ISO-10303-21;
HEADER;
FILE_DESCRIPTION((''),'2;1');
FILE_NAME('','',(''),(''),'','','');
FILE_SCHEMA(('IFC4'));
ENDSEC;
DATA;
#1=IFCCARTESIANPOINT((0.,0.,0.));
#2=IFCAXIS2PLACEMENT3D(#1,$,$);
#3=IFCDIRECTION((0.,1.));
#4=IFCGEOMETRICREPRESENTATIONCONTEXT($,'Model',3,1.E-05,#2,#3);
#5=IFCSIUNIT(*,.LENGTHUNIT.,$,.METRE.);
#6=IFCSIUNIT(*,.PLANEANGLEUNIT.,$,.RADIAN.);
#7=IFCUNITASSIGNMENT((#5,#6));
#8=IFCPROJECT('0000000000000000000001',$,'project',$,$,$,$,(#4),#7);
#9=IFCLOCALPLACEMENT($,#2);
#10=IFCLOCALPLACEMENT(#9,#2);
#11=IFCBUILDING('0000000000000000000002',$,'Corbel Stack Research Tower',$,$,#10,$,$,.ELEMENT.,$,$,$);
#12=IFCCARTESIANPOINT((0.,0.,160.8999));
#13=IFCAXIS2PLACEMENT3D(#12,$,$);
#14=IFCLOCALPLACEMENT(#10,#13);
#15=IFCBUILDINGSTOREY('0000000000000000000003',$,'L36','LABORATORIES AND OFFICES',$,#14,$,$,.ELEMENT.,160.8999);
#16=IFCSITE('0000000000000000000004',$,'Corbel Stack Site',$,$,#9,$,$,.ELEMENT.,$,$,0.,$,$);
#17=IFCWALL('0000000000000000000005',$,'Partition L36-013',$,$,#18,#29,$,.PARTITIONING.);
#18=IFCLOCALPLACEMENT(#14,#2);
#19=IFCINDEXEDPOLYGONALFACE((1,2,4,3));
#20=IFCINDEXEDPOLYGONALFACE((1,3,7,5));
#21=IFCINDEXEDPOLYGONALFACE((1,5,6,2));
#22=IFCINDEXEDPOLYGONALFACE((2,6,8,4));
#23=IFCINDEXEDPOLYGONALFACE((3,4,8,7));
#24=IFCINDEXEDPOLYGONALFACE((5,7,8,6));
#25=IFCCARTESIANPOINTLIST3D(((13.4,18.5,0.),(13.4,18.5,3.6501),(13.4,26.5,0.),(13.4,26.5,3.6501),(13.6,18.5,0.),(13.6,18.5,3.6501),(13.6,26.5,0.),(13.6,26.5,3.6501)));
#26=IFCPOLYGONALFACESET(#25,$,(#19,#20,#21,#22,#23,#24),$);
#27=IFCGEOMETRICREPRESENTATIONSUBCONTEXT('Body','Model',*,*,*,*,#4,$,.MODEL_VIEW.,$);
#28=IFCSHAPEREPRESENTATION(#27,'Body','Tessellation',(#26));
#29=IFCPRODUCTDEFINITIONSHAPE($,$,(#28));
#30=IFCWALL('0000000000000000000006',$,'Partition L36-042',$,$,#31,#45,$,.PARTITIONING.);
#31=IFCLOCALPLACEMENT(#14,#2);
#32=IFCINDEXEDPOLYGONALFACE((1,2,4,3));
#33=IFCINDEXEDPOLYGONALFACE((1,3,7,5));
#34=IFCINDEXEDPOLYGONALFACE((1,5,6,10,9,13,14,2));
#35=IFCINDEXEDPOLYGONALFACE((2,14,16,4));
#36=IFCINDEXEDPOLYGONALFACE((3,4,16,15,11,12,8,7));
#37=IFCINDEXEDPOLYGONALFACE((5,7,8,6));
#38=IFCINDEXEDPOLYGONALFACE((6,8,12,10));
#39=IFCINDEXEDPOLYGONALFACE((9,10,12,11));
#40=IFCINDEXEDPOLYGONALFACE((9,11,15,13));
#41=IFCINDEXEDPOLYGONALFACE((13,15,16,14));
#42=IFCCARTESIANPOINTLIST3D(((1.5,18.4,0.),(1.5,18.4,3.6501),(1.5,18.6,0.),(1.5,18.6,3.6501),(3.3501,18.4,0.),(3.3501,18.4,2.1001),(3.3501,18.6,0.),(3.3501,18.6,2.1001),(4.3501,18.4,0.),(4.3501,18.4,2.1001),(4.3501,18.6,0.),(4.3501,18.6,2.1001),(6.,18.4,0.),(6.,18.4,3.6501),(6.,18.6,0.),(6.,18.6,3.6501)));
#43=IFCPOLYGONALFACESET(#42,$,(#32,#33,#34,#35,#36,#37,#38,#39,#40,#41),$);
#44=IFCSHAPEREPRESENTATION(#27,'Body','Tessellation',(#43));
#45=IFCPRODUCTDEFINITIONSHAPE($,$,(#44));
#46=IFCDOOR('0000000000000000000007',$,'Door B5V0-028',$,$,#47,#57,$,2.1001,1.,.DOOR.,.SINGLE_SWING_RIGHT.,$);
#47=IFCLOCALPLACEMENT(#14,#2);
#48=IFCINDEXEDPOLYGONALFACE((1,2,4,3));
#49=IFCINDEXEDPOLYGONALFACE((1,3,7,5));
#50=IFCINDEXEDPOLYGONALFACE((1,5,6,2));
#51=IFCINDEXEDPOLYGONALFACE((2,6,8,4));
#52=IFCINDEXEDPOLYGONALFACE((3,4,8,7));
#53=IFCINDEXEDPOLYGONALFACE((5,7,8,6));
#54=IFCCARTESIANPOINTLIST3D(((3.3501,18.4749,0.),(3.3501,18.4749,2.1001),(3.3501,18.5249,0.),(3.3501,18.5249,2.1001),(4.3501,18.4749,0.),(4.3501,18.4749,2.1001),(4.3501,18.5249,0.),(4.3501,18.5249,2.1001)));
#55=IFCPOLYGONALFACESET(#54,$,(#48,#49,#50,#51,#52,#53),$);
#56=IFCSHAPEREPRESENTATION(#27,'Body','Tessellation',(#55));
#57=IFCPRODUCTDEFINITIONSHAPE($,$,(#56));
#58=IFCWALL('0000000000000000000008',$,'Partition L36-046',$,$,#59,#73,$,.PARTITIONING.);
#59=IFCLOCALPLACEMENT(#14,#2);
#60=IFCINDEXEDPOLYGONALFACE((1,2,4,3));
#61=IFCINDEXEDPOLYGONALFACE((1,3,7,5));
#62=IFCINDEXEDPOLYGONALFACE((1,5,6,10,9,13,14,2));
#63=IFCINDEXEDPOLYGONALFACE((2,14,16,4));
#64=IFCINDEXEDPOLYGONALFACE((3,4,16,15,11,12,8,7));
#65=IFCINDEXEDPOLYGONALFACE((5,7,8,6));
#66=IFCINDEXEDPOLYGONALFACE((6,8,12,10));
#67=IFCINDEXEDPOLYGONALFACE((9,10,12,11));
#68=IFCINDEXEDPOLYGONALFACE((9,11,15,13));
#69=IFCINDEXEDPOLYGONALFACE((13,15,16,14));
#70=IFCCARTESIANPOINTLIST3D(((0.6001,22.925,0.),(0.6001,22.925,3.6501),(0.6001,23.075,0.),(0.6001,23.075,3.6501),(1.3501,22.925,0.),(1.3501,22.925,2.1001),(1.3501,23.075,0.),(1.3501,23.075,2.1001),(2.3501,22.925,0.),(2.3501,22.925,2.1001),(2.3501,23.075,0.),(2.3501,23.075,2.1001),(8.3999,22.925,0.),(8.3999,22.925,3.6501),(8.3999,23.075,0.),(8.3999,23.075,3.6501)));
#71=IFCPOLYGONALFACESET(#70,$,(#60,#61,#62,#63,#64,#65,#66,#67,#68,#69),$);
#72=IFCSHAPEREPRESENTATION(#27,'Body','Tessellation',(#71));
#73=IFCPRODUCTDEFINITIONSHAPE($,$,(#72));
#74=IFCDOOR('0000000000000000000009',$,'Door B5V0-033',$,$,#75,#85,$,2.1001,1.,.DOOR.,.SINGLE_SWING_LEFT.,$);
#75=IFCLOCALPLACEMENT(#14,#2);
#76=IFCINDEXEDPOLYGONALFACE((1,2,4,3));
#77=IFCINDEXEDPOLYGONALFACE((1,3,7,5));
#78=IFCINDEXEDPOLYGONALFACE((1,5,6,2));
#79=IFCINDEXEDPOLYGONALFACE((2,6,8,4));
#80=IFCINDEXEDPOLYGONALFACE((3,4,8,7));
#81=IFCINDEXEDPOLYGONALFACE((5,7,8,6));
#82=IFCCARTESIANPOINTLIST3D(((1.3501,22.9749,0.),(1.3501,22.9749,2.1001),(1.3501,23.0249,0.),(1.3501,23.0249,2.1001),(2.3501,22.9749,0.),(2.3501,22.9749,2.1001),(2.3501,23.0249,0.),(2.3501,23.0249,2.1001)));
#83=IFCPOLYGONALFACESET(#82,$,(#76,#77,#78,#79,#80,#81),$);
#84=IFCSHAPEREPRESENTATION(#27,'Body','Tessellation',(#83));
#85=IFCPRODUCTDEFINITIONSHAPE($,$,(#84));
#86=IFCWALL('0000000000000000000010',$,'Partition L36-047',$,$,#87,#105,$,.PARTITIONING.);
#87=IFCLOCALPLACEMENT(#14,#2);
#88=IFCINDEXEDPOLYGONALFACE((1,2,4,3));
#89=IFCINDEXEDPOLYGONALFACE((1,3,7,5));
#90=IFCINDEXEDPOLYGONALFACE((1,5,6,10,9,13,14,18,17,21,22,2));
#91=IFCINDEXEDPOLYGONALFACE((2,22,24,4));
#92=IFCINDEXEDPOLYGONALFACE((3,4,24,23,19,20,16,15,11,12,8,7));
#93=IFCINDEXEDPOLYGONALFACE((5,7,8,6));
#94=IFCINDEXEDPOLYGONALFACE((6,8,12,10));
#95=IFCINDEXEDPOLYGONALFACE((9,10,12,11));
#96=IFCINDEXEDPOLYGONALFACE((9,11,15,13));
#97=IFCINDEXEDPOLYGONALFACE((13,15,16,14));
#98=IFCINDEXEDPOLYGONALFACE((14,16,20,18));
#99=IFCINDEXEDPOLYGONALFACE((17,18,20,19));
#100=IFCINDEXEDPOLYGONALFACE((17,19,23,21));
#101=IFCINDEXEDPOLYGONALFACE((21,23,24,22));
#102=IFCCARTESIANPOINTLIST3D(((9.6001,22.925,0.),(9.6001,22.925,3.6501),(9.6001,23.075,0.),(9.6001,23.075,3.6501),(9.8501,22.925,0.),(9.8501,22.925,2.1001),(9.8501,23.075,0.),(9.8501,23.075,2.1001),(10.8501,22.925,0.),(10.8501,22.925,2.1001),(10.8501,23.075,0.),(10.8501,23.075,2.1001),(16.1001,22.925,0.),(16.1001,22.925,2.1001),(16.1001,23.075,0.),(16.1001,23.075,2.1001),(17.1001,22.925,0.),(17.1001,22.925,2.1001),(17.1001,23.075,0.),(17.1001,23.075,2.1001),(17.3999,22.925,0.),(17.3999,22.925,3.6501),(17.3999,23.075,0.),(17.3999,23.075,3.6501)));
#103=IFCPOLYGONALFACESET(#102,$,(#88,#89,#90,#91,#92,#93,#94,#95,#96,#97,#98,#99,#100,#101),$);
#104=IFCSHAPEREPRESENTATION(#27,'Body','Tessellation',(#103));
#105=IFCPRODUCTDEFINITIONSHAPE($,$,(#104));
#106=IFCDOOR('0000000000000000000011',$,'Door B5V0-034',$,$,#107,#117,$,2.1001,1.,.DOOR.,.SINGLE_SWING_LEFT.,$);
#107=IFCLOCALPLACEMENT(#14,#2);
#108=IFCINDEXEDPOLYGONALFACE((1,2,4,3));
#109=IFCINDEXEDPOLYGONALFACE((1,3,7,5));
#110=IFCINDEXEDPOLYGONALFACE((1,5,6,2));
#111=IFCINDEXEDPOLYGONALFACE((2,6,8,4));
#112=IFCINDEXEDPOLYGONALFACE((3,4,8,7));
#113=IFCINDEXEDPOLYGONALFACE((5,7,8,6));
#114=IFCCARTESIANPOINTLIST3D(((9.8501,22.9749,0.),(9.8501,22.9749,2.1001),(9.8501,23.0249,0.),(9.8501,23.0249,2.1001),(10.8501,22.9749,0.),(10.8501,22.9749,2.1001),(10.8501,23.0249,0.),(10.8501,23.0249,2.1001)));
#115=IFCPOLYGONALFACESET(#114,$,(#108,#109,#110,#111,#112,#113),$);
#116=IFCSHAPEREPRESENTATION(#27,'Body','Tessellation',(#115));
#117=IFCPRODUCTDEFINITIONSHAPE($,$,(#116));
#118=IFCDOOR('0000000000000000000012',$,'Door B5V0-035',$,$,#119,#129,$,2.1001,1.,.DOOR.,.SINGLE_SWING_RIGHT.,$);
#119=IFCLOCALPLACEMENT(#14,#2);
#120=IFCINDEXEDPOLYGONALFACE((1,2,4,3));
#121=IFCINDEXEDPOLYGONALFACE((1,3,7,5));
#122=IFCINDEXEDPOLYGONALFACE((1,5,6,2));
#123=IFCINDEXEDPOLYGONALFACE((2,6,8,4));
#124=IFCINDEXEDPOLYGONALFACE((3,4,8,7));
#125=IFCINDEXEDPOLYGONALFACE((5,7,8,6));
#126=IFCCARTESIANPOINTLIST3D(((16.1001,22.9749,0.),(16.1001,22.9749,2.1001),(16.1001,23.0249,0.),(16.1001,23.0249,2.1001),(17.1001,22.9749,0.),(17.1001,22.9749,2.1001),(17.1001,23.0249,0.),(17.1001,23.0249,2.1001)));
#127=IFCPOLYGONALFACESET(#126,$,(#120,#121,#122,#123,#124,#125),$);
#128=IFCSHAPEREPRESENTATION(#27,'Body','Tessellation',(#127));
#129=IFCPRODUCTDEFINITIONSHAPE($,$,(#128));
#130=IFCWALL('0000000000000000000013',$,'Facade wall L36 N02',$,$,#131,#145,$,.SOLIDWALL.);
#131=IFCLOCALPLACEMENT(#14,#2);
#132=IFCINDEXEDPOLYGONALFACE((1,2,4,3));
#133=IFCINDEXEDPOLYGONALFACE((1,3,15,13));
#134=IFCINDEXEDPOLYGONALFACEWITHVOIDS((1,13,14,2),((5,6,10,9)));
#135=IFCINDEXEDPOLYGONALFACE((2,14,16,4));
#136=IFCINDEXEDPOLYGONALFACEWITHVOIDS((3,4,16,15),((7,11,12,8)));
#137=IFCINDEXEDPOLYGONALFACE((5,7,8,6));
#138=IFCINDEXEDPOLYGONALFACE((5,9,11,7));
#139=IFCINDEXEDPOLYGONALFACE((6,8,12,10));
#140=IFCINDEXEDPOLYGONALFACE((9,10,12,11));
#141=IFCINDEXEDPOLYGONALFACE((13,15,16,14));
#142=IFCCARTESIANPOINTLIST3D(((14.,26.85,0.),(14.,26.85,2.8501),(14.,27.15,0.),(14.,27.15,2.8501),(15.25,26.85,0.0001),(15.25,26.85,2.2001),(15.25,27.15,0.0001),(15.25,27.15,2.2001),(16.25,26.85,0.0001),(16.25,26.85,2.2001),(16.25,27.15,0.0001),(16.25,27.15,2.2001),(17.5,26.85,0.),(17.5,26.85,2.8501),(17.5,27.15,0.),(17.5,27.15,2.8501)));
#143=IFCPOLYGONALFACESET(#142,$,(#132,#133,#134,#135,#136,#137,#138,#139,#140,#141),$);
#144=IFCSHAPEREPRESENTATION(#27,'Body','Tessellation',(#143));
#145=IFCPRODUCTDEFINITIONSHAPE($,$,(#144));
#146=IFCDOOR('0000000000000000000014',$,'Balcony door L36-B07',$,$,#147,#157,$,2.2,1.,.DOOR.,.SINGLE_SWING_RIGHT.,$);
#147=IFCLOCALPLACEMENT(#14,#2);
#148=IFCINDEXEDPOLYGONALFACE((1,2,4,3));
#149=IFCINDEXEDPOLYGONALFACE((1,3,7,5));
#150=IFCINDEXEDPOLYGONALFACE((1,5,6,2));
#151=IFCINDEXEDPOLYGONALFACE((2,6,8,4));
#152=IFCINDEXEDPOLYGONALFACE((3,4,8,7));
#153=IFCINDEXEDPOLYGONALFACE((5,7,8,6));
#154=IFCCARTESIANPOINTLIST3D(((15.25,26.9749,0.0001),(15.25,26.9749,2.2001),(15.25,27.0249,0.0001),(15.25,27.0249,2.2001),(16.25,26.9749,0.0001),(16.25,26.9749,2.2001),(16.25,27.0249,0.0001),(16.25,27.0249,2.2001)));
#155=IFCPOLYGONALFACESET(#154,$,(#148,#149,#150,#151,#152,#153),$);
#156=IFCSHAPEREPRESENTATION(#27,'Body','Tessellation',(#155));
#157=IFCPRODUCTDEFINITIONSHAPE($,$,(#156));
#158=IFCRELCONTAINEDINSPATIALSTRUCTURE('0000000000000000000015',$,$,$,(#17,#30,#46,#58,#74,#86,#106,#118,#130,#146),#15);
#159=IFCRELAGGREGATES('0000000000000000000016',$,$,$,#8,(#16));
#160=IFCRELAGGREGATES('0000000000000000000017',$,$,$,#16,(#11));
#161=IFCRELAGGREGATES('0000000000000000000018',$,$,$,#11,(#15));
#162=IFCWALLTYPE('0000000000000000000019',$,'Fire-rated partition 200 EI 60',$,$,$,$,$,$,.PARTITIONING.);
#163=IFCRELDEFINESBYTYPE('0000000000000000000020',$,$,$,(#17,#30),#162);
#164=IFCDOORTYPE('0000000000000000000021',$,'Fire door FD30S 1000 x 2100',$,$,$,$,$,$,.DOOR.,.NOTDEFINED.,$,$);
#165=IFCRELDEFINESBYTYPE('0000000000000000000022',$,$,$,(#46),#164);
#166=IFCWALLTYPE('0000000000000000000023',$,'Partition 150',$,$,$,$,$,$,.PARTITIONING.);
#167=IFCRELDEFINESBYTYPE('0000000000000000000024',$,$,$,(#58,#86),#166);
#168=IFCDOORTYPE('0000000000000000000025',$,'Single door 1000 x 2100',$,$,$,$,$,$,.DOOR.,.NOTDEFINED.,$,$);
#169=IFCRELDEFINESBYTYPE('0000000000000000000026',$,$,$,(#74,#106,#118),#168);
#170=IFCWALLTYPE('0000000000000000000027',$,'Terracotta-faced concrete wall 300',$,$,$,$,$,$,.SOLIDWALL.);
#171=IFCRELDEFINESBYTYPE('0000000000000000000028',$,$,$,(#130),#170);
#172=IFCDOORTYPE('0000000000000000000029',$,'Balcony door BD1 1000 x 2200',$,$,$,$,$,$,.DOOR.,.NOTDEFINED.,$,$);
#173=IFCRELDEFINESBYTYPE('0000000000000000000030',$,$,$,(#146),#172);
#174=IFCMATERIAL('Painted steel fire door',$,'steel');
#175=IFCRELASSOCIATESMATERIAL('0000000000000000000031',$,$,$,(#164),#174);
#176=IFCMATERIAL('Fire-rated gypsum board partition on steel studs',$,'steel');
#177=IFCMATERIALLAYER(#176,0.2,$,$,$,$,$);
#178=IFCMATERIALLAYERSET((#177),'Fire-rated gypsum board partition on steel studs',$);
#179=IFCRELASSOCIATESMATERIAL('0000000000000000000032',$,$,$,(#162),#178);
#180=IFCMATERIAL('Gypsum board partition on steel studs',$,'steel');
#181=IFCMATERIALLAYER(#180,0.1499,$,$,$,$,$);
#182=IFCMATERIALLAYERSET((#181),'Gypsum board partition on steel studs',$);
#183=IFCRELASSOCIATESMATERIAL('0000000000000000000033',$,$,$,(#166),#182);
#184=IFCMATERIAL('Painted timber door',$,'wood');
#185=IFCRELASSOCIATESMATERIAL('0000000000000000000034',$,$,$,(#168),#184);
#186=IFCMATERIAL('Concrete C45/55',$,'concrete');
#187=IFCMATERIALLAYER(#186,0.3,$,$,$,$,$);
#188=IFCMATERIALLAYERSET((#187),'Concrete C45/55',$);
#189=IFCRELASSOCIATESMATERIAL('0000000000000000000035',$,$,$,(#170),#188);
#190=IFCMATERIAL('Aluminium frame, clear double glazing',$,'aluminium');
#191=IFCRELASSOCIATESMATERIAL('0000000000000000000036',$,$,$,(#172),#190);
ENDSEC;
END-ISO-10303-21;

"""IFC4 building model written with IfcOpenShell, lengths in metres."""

from ifc_helpers import new_model, si_unit, direction, frame, frame_2d, origin, place, context, subcontext, project, spatial, rectangle, extrude, material, layer, layer_set, type_object, element, fill, save


model = new_model("IFC4")

# Units and contexts
model_context = context("Model", 3, precision=1e-05, world=origin(), true_north=direction((0.0, 1.0)))
body_context = subcontext(model_context, "Body", "Model", "MODEL_VIEW")
ifc_project = project(units=[si_unit("LENGTHUNIT", "METRE"), si_unit("PLANEANGLEUNIT", "RADIAN")], contexts=[model_context])

# Site, building, storey
site_placement = place(None, origin())
site = spatial("IfcSite", under=ifc_project, at=site_placement, Name="Corbel Stack Site", CompositionType="ELEMENT", RefElevation=0.0)
building_placement = place(site_placement, origin())
building = spatial("IfcBuilding", under=site, at=building_placement, Name="Corbel Stack Research Tower", CompositionType="ELEMENT")
storey_placement = place(building_placement, frame((0.0, 0.0, 160.8999)))
storey = spatial("IfcBuildingStorey", under=building, at=storey_placement, Name="L36", Description="LABORATORIES AND OFFICES", CompositionType="ELEMENT", Elevation=160.8999)

# Shared definitions
ifc_material_1 = material(Name="Painted steel fire door", Category="steel")
door_type_1 = type_object("IfcDoorType", Name="Fire door FD30S 1000 x 2100", OperationType="NOTDEFINED", PredefinedType="DOOR", material=ifc_material_1)

# Wall
ifc_material_2 = material(Name="Fire-rated gypsum board partition on steel studs", Category="steel")
ifc_layer_1 = layer(ifc_material_2, 0.2)
ifc_layer_set_1 = layer_set([ifc_layer_1], Name="Fire-rated gypsum board partition on steel studs")
wall_type_1 = type_object("IfcWallType", Name="Fire-rated partition 200 EI 60", PredefinedType="PARTITIONING", material=ifc_layer_set_1)
wall_1_placement = place(storey_placement, frame((13.5, 18.5, 0.0), z_axis=(0.0, 0.0, 1.0), x_axis=(0.0, 1.0, 0.0)))
element("IfcWall", 1, at=wall_1_placement, inside=storey, type_object=wall_type_1, Name="Partition L36-013", PredefinedType="PARTITIONING", context=body_context, shape_type="SweptSolid", body=[
    extrude(rectangle(XDim=8.0, YDim=0.2, at=frame_2d((4.0, 0.0))), origin(), (0.0, 0.0, 1.0), 3.6501),
])

# Walls, openings, doors
wall_2_placement = place(storey_placement, frame((1.5, 18.5, 0.0), z_axis=(0.0, 0.0, 1.0), x_axis=(1.0, 0.0, 0.0)))
wall_2 = element("IfcWall", 2, at=wall_2_placement, inside=storey, type_object=wall_type_1, Name="Partition L36-042", PredefinedType="PARTITIONING", context=body_context, shape_type="SweptSolid", body=[
    extrude(rectangle(XDim=4.5, YDim=0.2, at=frame_2d((2.25, 0.0))), origin(), (0.0, 0.0, 1.0), 3.6501),
])
opening_1_placement = place(wall_2_placement, frame((1.8501, 0.0, 0.0)))
opening_1 = element("IfcOpeningElement", 3, at=opening_1_placement, cuts=wall_2, PredefinedType="OPENING", context=body_context, shape_type="SweptSolid", body=[
    extrude(rectangle(XDim=1.0, YDim=2.1001, at=frame_2d((0.5, 1.05))), frame((0.0, 0.1099, 0.0), z_axis=(0.0, -1.0, 0.0), x_axis=(1.0, 0.0, 0.0)), (0.0, 0.0, 1.0), 0.22),
])
door_1_placement = place(opening_1_placement, origin())
door_1 = element("IfcDoor", 4, at=door_1_placement, inside=storey, type_object=door_type_1, Name="Door B5V0-028", OperationType="SINGLE_SWING_RIGHT", OverallHeight=2.1001, OverallWidth=1.0, PredefinedType="DOOR", context=body_context, shape_type="SweptSolid", body=[
    extrude(rectangle(XDim=1.0, YDim=2.1001, at=frame_2d((0.5, 1.05))), frame((0.0, 0.0249, 0.0), z_axis=(0.0, -1.0, 0.0), x_axis=(1.0, 0.0, 0.0)), (0.0, 0.0, 1.0), 0.05),
])
fill(opening_1, door_1)
ifc_material_3 = material(Name="Gypsum board partition on steel studs", Category="steel")
ifc_layer_2 = layer(ifc_material_3, 0.1499)
ifc_layer_set_2 = layer_set([ifc_layer_2], Name="Gypsum board partition on steel studs")
wall_type_2 = type_object("IfcWallType", Name="Partition 150", PredefinedType="PARTITIONING", material=ifc_layer_set_2)
wall_3_placement = place(storey_placement, frame((0.6001, 23.0, 0.0), z_axis=(0.0, 0.0, 1.0), x_axis=(1.0, 0.0, 0.0)))
wall_3 = element("IfcWall", 5, at=wall_3_placement, inside=storey, type_object=wall_type_2, Name="Partition L36-046", PredefinedType="PARTITIONING", context=body_context, shape_type="SweptSolid", body=[
    extrude(rectangle(XDim=7.7998, YDim=0.1499, at=frame_2d((3.8999, 0.0))), origin(), (0.0, 0.0, 1.0), 3.6501),
])
opening_2_placement = place(wall_3_placement, frame((0.75, 0.0, 0.0)))
opening_2 = element("IfcOpeningElement", 6, at=opening_2_placement, cuts=wall_3, PredefinedType="OPENING", context=body_context, shape_type="SweptSolid", body=[
    extrude(rectangle(XDim=1.0, YDim=2.1001, at=frame_2d((0.5, 1.05))), frame((0.0, 0.085, 0.0), z_axis=(0.0, -1.0, 0.0), x_axis=(1.0, 0.0, 0.0)), (0.0, 0.0, 1.0), 0.1699),
])
ifc_material_4 = material(Name="Painted timber door", Category="wood")
door_type_2 = type_object("IfcDoorType", Name="Single door 1000 x 2100", OperationType="NOTDEFINED", PredefinedType="DOOR", material=ifc_material_4)
door_2_placement = place(opening_2_placement, origin())
door_2 = element("IfcDoor", 7, at=door_2_placement, inside=storey, type_object=door_type_2, Name="Door B5V0-033", OperationType="SINGLE_SWING_LEFT", OverallHeight=2.1001, OverallWidth=1.0, PredefinedType="DOOR", context=body_context, shape_type="SweptSolid", body=[
    extrude(rectangle(XDim=1.0, YDim=2.1001, at=frame_2d((0.5, 1.05))), frame((0.0, 0.0249, 0.0), z_axis=(0.0, -1.0, 0.0), x_axis=(1.0, 0.0, 0.0)), (0.0, 0.0, 1.0), 0.05),
])
fill(opening_2, door_2)

# Wall, openings, doors
wall_4_placement = place(storey_placement, frame((9.6001, 23.0, 0.0), z_axis=(0.0, 0.0, 1.0), x_axis=(1.0, 0.0, 0.0)))
wall_4 = element("IfcWall", 8, at=wall_4_placement, inside=storey, type_object=wall_type_2, Name="Partition L36-047", PredefinedType="PARTITIONING", context=body_context, shape_type="SweptSolid", body=[
    extrude(rectangle(XDim=7.7998, YDim=0.1499, at=frame_2d((3.8999, 0.0))), origin(), (0.0, 0.0, 1.0), 3.6501),
])
opening_3_placement = place(wall_4_placement, frame((0.25, 0.0, 0.0)))
opening_3 = element("IfcOpeningElement", 9, at=opening_3_placement, cuts=wall_4, PredefinedType="OPENING", context=body_context, shape_type="SweptSolid", body=[
    extrude(rectangle(XDim=1.0, YDim=2.1001, at=frame_2d((0.5, 1.05))), frame((0.0, 0.085, 0.0), z_axis=(0.0, -1.0, 0.0), x_axis=(1.0, 0.0, 0.0)), (0.0, 0.0, 1.0), 0.1699),
])
opening_4_placement = place(wall_4_placement, frame((6.5, 0.0, 0.0)))
opening_4 = element("IfcOpeningElement", 10, at=opening_4_placement, cuts=wall_4, PredefinedType="OPENING", context=body_context, shape_type="SweptSolid", body=[
    extrude(rectangle(XDim=1.0, YDim=2.1001, at=frame_2d((0.5, 1.05))), frame((0.0, 0.085, 0.0), z_axis=(0.0, -1.0, 0.0), x_axis=(1.0, 0.0, 0.0)), (0.0, 0.0, 1.0), 0.1699),
])
door_3_placement = place(opening_3_placement, origin())
door_3 = element("IfcDoor", 11, at=door_3_placement, inside=storey, type_object=door_type_2, Name="Door B5V0-034", OperationType="SINGLE_SWING_LEFT", OverallHeight=2.1001, OverallWidth=1.0, PredefinedType="DOOR", context=body_context, shape_type="SweptSolid", body=[
    extrude(rectangle(XDim=1.0, YDim=2.1001, at=frame_2d((0.5, 1.05))), frame((0.0, 0.0249, 0.0), z_axis=(0.0, -1.0, 0.0), x_axis=(1.0, 0.0, 0.0)), (0.0, 0.0, 1.0), 0.05),
])
fill(opening_3, door_3)
door_4_placement = place(opening_4_placement, origin())
door_4 = element("IfcDoor", 12, at=door_4_placement, inside=storey, type_object=door_type_2, Name="Door B5V0-035", OperationType="SINGLE_SWING_RIGHT", OverallHeight=2.1001, OverallWidth=1.0, PredefinedType="DOOR", context=body_context, shape_type="SweptSolid", body=[
    extrude(rectangle(XDim=1.0, YDim=2.1001, at=frame_2d((0.5, 1.05))), frame((0.0, 0.0249, 0.0), z_axis=(0.0, -1.0, 0.0), x_axis=(1.0, 0.0, 0.0)), (0.0, 0.0, 1.0), 0.05),
])
fill(opening_4, door_4)

# Wall, opening, door
ifc_material_5 = material(Name="Concrete C45/55", Category="concrete")
ifc_layer_3 = layer(ifc_material_5, 0.3)
ifc_layer_set_3 = layer_set([ifc_layer_3], Name="Concrete C45/55")
wall_type_3 = type_object("IfcWallType", Name="Terracotta-faced concrete wall 300", PredefinedType="SOLIDWALL", material=ifc_layer_set_3)
wall_5_placement = place(storey_placement, frame((14.0, 27.0, 0.0), z_axis=(0.0, 0.0, 1.0), x_axis=(1.0, 0.0, 0.0)))
wall_5 = element("IfcWall", 13, at=wall_5_placement, inside=storey, type_object=wall_type_3, Name="Facade wall L36 N02", PredefinedType="SOLIDWALL", context=body_context, shape_type="SweptSolid", body=[
    extrude(rectangle(XDim=3.5, YDim=0.3, at=frame_2d((1.75, 0.0))), origin(), (0.0, 0.0, 1.0), 2.8501),
])
opening_5_placement = place(wall_5_placement, frame((1.25, 0.0, 0.0)))
opening_5 = element("IfcOpeningElement", 14, at=opening_5_placement, cuts=wall_5, PredefinedType="OPENING", context=body_context, shape_type="SweptSolid", body=[
    extrude(rectangle(XDim=1.0, YDim=2.2, at=frame_2d((0.5, 1.1001))), frame((0.0, 0.1599, 0.0), z_axis=(0.0, -1.0, 0.0), x_axis=(1.0, 0.0, 0.0)), (0.0, 0.0, 1.0), 0.3201),
])
ifc_material_6 = material(Name="Aluminium frame, clear double glazing", Category="aluminium")
door_type_3 = type_object("IfcDoorType", Name="Balcony door BD1 1000 x 2200", OperationType="NOTDEFINED", PredefinedType="DOOR", material=ifc_material_6)
door_5_placement = place(opening_5_placement, origin())
door_5 = element("IfcDoor", 15, at=door_5_placement, inside=storey, type_object=door_type_3, Name="Balcony door L36-B07", OperationType="SINGLE_SWING_RIGHT", OverallHeight=2.2, OverallWidth=1.0, PredefinedType="DOOR", context=body_context, shape_type="SweptSolid", body=[
    extrude(rectangle(XDim=1.0, YDim=2.2, at=frame_2d((0.5, 1.1001))), frame((0.0, 0.0249, 0.0), z_axis=(0.0, -1.0, 0.0), x_axis=(1.0, 0.0, 0.0)), (0.0, 0.0, 1.0), 0.05),
])
fill(opening_5, door_5)

save(model, "model.ifc")
